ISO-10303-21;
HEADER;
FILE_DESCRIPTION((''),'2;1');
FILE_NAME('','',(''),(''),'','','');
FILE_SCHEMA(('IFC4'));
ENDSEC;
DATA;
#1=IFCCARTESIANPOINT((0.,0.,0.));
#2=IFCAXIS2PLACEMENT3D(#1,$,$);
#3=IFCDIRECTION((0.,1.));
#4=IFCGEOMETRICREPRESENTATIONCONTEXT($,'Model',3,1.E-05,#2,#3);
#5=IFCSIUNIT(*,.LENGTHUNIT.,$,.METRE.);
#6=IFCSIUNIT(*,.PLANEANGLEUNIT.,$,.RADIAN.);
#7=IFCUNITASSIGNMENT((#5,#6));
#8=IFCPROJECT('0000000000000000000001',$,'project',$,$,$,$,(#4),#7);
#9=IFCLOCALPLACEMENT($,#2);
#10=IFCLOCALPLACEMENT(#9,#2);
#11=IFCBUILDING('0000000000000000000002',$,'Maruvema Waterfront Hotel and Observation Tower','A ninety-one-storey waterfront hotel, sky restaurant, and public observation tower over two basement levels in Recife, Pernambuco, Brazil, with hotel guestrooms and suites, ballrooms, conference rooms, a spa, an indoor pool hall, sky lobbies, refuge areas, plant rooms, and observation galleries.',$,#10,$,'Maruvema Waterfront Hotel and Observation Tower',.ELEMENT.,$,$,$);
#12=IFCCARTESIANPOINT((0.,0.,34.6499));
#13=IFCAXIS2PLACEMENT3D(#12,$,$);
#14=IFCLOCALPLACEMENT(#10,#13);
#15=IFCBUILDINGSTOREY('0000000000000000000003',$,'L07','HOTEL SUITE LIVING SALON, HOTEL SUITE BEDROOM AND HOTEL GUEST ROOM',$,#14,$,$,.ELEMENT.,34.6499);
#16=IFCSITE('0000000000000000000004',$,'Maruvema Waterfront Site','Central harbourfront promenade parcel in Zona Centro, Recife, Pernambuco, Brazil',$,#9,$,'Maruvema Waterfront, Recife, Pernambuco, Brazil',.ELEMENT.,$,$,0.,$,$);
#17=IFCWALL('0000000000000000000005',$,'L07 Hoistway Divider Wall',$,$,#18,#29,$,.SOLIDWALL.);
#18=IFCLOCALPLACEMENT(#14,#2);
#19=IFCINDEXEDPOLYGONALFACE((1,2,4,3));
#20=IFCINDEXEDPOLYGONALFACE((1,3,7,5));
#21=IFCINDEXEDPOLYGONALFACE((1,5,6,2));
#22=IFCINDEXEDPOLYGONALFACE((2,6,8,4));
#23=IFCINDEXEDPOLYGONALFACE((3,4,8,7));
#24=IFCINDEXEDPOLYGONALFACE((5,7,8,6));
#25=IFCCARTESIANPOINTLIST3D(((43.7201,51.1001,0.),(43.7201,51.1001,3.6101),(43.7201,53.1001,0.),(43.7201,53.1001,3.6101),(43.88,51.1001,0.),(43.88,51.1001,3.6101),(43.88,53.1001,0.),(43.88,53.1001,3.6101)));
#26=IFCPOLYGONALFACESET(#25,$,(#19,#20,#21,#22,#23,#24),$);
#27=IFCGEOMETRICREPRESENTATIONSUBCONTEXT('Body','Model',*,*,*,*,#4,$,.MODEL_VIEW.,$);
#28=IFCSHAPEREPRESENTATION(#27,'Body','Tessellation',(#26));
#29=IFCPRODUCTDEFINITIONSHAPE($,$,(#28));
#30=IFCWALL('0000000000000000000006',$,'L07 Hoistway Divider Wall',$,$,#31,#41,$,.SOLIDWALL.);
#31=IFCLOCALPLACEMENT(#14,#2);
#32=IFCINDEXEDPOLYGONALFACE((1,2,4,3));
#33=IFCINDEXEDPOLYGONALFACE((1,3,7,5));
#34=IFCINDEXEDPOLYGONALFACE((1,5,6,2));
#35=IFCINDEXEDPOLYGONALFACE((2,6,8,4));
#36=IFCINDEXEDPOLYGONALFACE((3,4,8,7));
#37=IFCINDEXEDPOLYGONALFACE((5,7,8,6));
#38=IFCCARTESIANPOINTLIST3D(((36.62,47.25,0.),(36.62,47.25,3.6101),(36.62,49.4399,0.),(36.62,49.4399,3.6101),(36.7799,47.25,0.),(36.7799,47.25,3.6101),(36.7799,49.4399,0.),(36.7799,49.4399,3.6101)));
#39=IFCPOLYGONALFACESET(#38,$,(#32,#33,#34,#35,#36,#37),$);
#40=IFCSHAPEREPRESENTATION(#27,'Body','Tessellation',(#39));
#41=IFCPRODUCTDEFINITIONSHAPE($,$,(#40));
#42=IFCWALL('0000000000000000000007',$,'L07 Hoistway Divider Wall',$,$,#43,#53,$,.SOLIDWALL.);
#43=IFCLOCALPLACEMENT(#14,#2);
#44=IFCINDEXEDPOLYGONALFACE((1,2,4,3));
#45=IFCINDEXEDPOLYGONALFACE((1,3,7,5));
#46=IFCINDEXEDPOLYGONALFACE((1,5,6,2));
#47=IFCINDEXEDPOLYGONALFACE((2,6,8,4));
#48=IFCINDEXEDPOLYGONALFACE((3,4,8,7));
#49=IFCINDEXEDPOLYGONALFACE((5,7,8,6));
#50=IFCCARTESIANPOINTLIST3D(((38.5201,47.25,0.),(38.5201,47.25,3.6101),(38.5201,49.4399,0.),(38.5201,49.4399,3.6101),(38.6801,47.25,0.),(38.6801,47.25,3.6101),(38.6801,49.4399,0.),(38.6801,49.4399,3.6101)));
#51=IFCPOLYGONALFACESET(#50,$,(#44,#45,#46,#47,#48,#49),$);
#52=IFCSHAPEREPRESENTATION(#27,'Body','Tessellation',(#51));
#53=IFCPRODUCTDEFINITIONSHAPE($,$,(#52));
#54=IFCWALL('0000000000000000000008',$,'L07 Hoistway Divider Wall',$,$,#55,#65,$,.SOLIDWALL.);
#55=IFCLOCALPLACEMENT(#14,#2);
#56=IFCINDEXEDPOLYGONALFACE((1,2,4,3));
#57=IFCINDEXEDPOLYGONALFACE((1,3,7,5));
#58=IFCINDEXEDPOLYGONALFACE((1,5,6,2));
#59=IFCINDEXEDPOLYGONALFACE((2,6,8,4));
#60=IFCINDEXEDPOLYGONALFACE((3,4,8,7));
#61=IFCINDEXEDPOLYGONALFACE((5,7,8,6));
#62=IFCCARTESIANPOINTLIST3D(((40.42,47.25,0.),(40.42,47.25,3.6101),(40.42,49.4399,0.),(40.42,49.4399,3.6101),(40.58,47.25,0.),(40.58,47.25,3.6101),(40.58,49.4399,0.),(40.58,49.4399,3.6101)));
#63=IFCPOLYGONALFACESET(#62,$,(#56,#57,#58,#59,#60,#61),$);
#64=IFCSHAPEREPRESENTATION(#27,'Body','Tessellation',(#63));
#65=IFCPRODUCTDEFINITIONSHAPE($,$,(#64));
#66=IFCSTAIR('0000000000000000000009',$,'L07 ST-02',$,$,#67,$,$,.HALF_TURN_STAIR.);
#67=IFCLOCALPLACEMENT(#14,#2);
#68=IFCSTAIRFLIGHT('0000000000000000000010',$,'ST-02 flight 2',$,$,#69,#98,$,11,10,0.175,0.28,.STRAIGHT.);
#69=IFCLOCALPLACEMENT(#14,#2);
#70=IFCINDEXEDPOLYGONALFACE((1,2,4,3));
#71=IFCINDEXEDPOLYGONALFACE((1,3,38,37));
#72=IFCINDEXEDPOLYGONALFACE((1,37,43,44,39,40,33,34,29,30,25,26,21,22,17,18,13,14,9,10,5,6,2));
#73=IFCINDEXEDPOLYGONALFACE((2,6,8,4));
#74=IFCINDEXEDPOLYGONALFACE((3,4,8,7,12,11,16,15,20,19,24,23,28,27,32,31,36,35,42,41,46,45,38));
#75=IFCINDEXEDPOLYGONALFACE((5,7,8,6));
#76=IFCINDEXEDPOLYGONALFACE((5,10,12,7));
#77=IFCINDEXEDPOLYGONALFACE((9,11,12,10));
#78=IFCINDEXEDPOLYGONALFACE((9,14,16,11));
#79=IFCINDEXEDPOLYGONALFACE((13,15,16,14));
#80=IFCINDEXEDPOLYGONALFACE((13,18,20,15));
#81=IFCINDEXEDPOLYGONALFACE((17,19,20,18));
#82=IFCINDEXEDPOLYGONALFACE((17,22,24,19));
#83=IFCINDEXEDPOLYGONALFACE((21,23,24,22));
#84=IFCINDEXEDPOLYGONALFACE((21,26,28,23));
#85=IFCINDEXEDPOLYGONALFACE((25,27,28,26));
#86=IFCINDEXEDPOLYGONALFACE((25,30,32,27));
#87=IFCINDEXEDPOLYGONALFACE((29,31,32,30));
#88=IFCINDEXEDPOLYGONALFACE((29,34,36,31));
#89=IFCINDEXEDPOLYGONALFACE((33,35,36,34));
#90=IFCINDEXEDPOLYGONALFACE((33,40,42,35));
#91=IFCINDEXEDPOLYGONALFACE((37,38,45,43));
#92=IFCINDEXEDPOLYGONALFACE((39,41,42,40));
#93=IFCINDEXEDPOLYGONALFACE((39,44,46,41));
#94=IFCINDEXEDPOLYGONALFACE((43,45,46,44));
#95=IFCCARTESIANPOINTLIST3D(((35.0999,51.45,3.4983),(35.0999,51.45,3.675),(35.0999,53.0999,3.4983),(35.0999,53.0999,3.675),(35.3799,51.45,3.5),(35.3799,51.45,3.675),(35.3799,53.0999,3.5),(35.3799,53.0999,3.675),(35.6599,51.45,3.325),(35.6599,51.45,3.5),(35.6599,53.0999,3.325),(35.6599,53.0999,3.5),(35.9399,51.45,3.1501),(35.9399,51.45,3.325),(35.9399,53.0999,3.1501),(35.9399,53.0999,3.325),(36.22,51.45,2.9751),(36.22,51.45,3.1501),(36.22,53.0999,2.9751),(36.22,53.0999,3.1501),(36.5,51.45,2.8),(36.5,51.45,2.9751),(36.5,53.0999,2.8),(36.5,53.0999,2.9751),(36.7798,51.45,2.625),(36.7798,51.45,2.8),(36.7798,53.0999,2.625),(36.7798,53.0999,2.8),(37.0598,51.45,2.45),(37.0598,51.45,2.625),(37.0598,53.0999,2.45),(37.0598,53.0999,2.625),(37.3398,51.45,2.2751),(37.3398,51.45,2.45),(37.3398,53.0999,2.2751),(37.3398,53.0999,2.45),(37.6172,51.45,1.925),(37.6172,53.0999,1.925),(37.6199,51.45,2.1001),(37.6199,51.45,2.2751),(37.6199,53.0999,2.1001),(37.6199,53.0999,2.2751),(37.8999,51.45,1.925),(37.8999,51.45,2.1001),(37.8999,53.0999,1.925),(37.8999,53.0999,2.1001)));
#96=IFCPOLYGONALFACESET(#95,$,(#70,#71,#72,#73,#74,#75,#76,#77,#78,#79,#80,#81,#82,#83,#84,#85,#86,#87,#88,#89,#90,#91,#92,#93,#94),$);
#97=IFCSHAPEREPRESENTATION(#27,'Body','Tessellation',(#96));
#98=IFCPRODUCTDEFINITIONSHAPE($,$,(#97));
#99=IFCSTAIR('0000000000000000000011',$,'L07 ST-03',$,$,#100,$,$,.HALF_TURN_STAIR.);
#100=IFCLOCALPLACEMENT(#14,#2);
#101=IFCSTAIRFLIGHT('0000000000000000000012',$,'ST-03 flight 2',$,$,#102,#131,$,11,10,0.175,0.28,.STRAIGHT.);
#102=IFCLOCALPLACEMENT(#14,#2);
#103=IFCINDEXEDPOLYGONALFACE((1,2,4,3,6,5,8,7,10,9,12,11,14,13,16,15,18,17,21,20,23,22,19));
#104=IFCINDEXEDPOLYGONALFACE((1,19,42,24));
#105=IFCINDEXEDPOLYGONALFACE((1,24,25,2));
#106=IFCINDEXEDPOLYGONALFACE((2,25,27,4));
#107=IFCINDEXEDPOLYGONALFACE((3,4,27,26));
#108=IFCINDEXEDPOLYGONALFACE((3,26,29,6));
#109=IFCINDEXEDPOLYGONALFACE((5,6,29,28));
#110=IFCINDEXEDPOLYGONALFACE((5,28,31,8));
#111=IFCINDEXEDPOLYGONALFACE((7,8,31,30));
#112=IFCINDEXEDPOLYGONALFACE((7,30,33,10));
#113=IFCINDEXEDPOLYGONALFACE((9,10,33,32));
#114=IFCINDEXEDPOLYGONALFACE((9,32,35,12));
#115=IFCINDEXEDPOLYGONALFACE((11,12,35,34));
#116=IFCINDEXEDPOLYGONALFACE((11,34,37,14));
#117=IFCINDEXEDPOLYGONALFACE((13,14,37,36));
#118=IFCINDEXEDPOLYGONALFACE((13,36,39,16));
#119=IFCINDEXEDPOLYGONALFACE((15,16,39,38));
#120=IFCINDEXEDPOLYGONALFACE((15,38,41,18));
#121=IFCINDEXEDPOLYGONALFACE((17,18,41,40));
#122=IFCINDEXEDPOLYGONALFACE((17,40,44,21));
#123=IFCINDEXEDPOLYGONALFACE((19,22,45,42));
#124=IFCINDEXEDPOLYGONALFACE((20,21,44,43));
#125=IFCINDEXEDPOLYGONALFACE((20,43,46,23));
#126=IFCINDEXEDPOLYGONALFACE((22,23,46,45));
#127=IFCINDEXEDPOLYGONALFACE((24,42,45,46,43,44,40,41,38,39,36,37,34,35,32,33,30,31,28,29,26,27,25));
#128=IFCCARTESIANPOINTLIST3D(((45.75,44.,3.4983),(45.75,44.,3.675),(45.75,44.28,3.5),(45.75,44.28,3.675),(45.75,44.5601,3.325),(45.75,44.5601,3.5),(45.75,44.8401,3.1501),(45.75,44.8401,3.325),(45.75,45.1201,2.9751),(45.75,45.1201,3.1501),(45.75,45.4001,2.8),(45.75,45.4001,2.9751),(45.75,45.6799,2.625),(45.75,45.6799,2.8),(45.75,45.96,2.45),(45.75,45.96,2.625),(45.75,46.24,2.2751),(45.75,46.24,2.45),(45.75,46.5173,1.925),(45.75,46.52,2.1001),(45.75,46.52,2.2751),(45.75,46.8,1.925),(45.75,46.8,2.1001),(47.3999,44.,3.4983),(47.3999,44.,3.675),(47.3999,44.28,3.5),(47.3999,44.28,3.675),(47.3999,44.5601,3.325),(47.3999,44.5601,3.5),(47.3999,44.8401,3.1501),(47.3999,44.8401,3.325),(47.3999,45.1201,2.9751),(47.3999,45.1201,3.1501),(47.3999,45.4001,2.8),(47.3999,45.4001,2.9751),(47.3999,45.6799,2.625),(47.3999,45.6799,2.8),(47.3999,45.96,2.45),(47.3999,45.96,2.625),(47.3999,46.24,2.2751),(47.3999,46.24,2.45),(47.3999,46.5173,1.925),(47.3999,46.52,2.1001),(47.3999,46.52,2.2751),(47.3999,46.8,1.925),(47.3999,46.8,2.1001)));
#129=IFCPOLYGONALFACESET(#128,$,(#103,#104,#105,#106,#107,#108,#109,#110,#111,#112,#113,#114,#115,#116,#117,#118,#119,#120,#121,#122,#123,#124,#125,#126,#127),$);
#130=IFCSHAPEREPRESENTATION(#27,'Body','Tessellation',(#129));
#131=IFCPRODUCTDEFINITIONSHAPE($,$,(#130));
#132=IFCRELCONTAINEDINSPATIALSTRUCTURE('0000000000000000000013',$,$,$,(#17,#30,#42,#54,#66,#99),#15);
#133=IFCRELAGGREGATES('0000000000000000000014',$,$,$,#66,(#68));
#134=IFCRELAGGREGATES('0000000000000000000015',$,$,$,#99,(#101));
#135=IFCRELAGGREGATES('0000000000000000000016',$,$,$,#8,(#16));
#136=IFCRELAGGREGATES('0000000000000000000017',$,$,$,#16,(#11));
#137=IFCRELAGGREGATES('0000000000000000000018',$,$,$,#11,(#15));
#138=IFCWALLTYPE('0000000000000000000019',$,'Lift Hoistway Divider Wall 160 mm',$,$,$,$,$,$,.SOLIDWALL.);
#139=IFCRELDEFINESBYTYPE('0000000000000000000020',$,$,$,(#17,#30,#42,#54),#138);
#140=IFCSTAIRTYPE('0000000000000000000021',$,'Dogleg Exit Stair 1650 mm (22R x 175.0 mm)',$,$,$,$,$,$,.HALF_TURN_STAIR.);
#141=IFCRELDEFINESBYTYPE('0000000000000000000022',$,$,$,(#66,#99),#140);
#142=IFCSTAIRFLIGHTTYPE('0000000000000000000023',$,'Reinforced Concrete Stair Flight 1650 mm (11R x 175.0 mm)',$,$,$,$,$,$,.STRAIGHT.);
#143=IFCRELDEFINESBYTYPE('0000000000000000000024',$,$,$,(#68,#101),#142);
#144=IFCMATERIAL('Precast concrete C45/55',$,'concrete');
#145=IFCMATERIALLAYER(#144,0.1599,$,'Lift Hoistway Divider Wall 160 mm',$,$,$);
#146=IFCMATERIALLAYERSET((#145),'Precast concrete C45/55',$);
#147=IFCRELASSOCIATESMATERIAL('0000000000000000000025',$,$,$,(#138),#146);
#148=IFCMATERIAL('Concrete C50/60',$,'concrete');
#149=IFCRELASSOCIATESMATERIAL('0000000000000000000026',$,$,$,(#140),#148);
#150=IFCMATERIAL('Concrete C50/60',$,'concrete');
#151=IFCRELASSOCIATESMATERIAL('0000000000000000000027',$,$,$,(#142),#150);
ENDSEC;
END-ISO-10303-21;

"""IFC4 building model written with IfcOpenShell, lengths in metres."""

from ifc_helpers import new_model, si_unit, direction, frame, frame_2d, origin, place, context, subcontext, project, spatial, polyline, rectangle, outline, extrude, material, layer, layer_set, type_object, element, aggregate, save


model = new_model("IFC4")

# Units and contexts
model_context = context("Model", 3, precision=1e-05, world=origin(), true_north=direction((0.0, 1.0)))
body_context = subcontext(model_context, "Body", "Model", "MODEL_VIEW")
ifc_project = project(units=[si_unit("LENGTHUNIT", "METRE"), si_unit("PLANEANGLEUNIT", "RADIAN")], contexts=[model_context])

# Site, building, storey
site_placement = place(None, origin())
site = spatial("IfcSite", under=ifc_project, at=site_placement, Name="Maruvema Waterfront Site", Description="Central harbourfront promenade parcel in Zona Centro, Recife, Pernambuco, Brazil", LongName="Maruvema Waterfront, Recife, Pernambuco, Brazil", CompositionType="ELEMENT", RefElevation=0.0)
building_placement = place(site_placement, origin())
building = spatial("IfcBuilding", under=site, at=building_placement, Name="Maruvema Waterfront Hotel and Observation Tower", Description="A ninety-one-storey waterfront hotel, sky restaurant, and public observation tower over two basement levels in Recife, Pernambuco, Brazil, with hotel guestrooms and suites, ballrooms, conference rooms, a spa, an indoor pool hall, sky lobbies, refuge areas, plant rooms, and observation galleries.", LongName="Maruvema Waterfront Hotel and Observation Tower", CompositionType="ELEMENT")
storey_placement = place(building_placement, frame((0.0, 0.0, 34.6499)))
storey = spatial("IfcBuildingStorey", under=building, at=storey_placement, Name="L07", Description="HOTEL SUITE LIVING SALON, HOTEL SUITE BEDROOM AND HOTEL GUEST ROOM", CompositionType="ELEMENT", Elevation=34.6499)

# Walls
ifc_material_1 = material(Name="Precast concrete C45/55", Category="concrete")
ifc_layer_1 = layer(ifc_material_1, 0.1599, Name="Lift Hoistway Divider Wall 160 mm")
ifc_layer_set_1 = layer_set([ifc_layer_1], Name="Precast concrete C45/55")
wall_type_1 = type_object("IfcWallType", Name="Lift Hoistway Divider Wall 160 mm", PredefinedType="SOLIDWALL", material=ifc_layer_set_1)
wall_1_placement = place(storey_placement, frame((43.8, 51.1001, 0.0), z_axis=(0.0, 0.0, 1.0), x_axis=(0.0, 1.0, 0.0)))
element("IfcWall", 1, at=wall_1_placement, inside=storey, type_object=wall_type_1, Name="L07 Hoistway Divider Wall", PredefinedType="SOLIDWALL", context=body_context, shape_type="SweptSolid", body=[
    extrude(rectangle(XDim=2.0, YDim=0.1599, at=frame_2d((1.0, 0.0))), origin(), (0.0, 0.0, 1.0), 3.6101),
])
for number, where, z_axis, x_axis, name in (
    (2, (36.7, 47.25, 0.0), (0.0, 0.0, 1.0), (0.0, 1.0, 0.0), "L07 Hoistway Divider Wall"),
    (3, (38.6001, 47.25, 0.0), (0.0, 0.0, 1.0), (0.0, 1.0, 0.0), "L07 Hoistway Divider Wall"),
    (4, (40.5, 47.25, 0.0), (0.0, 0.0, 1.0), (0.0, 1.0, 0.0), "L07 Hoistway Divider Wall"),
):
    element("IfcWall", number, at=place(storey_placement, frame(where, z_axis=z_axis, x_axis=x_axis)), inside=storey, type_object=wall_type_1, Name=name, PredefinedType="SOLIDWALL", context=body_context, shape_type="SweptSolid", body=[
        extrude(rectangle(XDim=2.1899, YDim=0.1599, at=frame_2d((1.095, 0.0))), origin(), (0.0, 0.0, 1.0), 3.6101),
    ])

# Stairs, stair flights
ifc_material_2 = material(Name="Concrete C50/60", Category="concrete")
stair_type = type_object("IfcStairType", Name="Dogleg Exit Stair 1650 mm (22R x 175.0 mm)", PredefinedType="HALF_TURN_STAIR", material=ifc_material_2)
stair_1_placement = place(storey_placement, origin())
stair_1 = element("IfcStair", 5, at=stair_1_placement, inside=storey, type_object=stair_type, Name="L07 ST-02", PredefinedType="HALF_TURN_STAIR")
ifc_material_3 = material(Name="Concrete C50/60", Category="concrete")
stair_flight_type = type_object("IfcStairFlightType", Name="Reinforced Concrete Stair Flight 1650 mm (11R x 175.0 mm)", PredefinedType="STRAIGHT", material=ifc_material_3)
stair_flight_1_placement = place(storey_placement, frame((37.8999, 52.2749, 1.925), z_axis=(0.0, 0.0, 1.0), x_axis=(-1.0, 0.0, 0.0)))
stair_flight_1 = element("IfcStairFlight", 6, at=stair_flight_1_placement, type_object=stair_flight_type, Name="ST-02 flight 2", NumberOfRisers=11, NumberOfTreads=10, PredefinedType="STRAIGHT", RiserHeight=0.175, TreadLength=0.28, context=body_context, shape_type="SweptSolid", body=[
    extrude(outline(polyline([(0.0, 0.0), (0.0, 0.175), (0.28, 0.175), (0.28, 0.3501), (0.5601, 0.3501), (0.5601, 0.5249), (0.8401, 0.5249), (0.8401, 0.7), (1.1201, 0.7), (1.1201, 0.875), (1.3999, 0.875), (1.3999, 1.05), (1.6799, 1.05), (1.6799, 1.2251), (1.96, 1.2251), (1.96, 1.3999), (2.24, 1.3999), (2.24, 1.575), (2.52, 1.575), (2.52, 1.75), (2.8, 1.75), (2.8, 1.925), (2.8, 1.5732), (0.2827, 0.0), (0.0, 0.0)])), frame((0.0, 0.825, 0.0), z_axis=(0.0, -1.0, 0.0), x_axis=(1.0, 0.0, 0.0)), (0.0, 0.0, 1.0), 1.6499),
])
aggregate(stair_1, [stair_flight_1])
stair_2_placement = place(storey_placement, origin())
stair_2 = element("IfcStair", 7, at=stair_2_placement, inside=storey, type_object=stair_type, Name="L07 ST-03", PredefinedType="HALF_TURN_STAIR")
stair_flight_2_placement = place(storey_placement, frame((46.575, 46.8, 1.925), z_axis=(0.0, 0.0, 1.0), x_axis=(0.0, -1.0, 0.0)))
stair_flight_2 = element("IfcStairFlight", 8, at=stair_flight_2_placement, type_object=stair_flight_type, Name="ST-03 flight 2", NumberOfRisers=11, NumberOfTreads=10, PredefinedType="STRAIGHT", RiserHeight=0.175, TreadLength=0.28, context=body_context, shape_type="SweptSolid", body=[
    extrude(outline(polyline([(0.0, 0.0), (0.0, 0.175), (0.28, 0.175), (0.28, 0.3501), (0.5601, 0.3501), (0.5601, 0.5249), (0.8401, 0.5249), (0.8401, 0.7), (1.1201, 0.7), (1.1201, 0.875), (1.3999, 0.875), (1.3999, 1.05), (1.6799, 1.05), (1.6799, 1.2251), (1.96, 1.2251), (1.96, 1.3999), (2.24, 1.3999), (2.24, 1.575), (2.52, 1.575), (2.52, 1.75), (2.8, 1.75), (2.8, 1.925), (2.8, 1.5732), (0.2827, 0.0), (0.0, 0.0)])), frame((0.0, 0.825, 0.0), z_axis=(0.0, -1.0, 0.0), x_axis=(1.0, 0.0, 0.0)), (0.0, 0.0, 1.0), 1.6499),
])
aggregate(stair_2, [stair_flight_2])

save(model, "model.ifc")
